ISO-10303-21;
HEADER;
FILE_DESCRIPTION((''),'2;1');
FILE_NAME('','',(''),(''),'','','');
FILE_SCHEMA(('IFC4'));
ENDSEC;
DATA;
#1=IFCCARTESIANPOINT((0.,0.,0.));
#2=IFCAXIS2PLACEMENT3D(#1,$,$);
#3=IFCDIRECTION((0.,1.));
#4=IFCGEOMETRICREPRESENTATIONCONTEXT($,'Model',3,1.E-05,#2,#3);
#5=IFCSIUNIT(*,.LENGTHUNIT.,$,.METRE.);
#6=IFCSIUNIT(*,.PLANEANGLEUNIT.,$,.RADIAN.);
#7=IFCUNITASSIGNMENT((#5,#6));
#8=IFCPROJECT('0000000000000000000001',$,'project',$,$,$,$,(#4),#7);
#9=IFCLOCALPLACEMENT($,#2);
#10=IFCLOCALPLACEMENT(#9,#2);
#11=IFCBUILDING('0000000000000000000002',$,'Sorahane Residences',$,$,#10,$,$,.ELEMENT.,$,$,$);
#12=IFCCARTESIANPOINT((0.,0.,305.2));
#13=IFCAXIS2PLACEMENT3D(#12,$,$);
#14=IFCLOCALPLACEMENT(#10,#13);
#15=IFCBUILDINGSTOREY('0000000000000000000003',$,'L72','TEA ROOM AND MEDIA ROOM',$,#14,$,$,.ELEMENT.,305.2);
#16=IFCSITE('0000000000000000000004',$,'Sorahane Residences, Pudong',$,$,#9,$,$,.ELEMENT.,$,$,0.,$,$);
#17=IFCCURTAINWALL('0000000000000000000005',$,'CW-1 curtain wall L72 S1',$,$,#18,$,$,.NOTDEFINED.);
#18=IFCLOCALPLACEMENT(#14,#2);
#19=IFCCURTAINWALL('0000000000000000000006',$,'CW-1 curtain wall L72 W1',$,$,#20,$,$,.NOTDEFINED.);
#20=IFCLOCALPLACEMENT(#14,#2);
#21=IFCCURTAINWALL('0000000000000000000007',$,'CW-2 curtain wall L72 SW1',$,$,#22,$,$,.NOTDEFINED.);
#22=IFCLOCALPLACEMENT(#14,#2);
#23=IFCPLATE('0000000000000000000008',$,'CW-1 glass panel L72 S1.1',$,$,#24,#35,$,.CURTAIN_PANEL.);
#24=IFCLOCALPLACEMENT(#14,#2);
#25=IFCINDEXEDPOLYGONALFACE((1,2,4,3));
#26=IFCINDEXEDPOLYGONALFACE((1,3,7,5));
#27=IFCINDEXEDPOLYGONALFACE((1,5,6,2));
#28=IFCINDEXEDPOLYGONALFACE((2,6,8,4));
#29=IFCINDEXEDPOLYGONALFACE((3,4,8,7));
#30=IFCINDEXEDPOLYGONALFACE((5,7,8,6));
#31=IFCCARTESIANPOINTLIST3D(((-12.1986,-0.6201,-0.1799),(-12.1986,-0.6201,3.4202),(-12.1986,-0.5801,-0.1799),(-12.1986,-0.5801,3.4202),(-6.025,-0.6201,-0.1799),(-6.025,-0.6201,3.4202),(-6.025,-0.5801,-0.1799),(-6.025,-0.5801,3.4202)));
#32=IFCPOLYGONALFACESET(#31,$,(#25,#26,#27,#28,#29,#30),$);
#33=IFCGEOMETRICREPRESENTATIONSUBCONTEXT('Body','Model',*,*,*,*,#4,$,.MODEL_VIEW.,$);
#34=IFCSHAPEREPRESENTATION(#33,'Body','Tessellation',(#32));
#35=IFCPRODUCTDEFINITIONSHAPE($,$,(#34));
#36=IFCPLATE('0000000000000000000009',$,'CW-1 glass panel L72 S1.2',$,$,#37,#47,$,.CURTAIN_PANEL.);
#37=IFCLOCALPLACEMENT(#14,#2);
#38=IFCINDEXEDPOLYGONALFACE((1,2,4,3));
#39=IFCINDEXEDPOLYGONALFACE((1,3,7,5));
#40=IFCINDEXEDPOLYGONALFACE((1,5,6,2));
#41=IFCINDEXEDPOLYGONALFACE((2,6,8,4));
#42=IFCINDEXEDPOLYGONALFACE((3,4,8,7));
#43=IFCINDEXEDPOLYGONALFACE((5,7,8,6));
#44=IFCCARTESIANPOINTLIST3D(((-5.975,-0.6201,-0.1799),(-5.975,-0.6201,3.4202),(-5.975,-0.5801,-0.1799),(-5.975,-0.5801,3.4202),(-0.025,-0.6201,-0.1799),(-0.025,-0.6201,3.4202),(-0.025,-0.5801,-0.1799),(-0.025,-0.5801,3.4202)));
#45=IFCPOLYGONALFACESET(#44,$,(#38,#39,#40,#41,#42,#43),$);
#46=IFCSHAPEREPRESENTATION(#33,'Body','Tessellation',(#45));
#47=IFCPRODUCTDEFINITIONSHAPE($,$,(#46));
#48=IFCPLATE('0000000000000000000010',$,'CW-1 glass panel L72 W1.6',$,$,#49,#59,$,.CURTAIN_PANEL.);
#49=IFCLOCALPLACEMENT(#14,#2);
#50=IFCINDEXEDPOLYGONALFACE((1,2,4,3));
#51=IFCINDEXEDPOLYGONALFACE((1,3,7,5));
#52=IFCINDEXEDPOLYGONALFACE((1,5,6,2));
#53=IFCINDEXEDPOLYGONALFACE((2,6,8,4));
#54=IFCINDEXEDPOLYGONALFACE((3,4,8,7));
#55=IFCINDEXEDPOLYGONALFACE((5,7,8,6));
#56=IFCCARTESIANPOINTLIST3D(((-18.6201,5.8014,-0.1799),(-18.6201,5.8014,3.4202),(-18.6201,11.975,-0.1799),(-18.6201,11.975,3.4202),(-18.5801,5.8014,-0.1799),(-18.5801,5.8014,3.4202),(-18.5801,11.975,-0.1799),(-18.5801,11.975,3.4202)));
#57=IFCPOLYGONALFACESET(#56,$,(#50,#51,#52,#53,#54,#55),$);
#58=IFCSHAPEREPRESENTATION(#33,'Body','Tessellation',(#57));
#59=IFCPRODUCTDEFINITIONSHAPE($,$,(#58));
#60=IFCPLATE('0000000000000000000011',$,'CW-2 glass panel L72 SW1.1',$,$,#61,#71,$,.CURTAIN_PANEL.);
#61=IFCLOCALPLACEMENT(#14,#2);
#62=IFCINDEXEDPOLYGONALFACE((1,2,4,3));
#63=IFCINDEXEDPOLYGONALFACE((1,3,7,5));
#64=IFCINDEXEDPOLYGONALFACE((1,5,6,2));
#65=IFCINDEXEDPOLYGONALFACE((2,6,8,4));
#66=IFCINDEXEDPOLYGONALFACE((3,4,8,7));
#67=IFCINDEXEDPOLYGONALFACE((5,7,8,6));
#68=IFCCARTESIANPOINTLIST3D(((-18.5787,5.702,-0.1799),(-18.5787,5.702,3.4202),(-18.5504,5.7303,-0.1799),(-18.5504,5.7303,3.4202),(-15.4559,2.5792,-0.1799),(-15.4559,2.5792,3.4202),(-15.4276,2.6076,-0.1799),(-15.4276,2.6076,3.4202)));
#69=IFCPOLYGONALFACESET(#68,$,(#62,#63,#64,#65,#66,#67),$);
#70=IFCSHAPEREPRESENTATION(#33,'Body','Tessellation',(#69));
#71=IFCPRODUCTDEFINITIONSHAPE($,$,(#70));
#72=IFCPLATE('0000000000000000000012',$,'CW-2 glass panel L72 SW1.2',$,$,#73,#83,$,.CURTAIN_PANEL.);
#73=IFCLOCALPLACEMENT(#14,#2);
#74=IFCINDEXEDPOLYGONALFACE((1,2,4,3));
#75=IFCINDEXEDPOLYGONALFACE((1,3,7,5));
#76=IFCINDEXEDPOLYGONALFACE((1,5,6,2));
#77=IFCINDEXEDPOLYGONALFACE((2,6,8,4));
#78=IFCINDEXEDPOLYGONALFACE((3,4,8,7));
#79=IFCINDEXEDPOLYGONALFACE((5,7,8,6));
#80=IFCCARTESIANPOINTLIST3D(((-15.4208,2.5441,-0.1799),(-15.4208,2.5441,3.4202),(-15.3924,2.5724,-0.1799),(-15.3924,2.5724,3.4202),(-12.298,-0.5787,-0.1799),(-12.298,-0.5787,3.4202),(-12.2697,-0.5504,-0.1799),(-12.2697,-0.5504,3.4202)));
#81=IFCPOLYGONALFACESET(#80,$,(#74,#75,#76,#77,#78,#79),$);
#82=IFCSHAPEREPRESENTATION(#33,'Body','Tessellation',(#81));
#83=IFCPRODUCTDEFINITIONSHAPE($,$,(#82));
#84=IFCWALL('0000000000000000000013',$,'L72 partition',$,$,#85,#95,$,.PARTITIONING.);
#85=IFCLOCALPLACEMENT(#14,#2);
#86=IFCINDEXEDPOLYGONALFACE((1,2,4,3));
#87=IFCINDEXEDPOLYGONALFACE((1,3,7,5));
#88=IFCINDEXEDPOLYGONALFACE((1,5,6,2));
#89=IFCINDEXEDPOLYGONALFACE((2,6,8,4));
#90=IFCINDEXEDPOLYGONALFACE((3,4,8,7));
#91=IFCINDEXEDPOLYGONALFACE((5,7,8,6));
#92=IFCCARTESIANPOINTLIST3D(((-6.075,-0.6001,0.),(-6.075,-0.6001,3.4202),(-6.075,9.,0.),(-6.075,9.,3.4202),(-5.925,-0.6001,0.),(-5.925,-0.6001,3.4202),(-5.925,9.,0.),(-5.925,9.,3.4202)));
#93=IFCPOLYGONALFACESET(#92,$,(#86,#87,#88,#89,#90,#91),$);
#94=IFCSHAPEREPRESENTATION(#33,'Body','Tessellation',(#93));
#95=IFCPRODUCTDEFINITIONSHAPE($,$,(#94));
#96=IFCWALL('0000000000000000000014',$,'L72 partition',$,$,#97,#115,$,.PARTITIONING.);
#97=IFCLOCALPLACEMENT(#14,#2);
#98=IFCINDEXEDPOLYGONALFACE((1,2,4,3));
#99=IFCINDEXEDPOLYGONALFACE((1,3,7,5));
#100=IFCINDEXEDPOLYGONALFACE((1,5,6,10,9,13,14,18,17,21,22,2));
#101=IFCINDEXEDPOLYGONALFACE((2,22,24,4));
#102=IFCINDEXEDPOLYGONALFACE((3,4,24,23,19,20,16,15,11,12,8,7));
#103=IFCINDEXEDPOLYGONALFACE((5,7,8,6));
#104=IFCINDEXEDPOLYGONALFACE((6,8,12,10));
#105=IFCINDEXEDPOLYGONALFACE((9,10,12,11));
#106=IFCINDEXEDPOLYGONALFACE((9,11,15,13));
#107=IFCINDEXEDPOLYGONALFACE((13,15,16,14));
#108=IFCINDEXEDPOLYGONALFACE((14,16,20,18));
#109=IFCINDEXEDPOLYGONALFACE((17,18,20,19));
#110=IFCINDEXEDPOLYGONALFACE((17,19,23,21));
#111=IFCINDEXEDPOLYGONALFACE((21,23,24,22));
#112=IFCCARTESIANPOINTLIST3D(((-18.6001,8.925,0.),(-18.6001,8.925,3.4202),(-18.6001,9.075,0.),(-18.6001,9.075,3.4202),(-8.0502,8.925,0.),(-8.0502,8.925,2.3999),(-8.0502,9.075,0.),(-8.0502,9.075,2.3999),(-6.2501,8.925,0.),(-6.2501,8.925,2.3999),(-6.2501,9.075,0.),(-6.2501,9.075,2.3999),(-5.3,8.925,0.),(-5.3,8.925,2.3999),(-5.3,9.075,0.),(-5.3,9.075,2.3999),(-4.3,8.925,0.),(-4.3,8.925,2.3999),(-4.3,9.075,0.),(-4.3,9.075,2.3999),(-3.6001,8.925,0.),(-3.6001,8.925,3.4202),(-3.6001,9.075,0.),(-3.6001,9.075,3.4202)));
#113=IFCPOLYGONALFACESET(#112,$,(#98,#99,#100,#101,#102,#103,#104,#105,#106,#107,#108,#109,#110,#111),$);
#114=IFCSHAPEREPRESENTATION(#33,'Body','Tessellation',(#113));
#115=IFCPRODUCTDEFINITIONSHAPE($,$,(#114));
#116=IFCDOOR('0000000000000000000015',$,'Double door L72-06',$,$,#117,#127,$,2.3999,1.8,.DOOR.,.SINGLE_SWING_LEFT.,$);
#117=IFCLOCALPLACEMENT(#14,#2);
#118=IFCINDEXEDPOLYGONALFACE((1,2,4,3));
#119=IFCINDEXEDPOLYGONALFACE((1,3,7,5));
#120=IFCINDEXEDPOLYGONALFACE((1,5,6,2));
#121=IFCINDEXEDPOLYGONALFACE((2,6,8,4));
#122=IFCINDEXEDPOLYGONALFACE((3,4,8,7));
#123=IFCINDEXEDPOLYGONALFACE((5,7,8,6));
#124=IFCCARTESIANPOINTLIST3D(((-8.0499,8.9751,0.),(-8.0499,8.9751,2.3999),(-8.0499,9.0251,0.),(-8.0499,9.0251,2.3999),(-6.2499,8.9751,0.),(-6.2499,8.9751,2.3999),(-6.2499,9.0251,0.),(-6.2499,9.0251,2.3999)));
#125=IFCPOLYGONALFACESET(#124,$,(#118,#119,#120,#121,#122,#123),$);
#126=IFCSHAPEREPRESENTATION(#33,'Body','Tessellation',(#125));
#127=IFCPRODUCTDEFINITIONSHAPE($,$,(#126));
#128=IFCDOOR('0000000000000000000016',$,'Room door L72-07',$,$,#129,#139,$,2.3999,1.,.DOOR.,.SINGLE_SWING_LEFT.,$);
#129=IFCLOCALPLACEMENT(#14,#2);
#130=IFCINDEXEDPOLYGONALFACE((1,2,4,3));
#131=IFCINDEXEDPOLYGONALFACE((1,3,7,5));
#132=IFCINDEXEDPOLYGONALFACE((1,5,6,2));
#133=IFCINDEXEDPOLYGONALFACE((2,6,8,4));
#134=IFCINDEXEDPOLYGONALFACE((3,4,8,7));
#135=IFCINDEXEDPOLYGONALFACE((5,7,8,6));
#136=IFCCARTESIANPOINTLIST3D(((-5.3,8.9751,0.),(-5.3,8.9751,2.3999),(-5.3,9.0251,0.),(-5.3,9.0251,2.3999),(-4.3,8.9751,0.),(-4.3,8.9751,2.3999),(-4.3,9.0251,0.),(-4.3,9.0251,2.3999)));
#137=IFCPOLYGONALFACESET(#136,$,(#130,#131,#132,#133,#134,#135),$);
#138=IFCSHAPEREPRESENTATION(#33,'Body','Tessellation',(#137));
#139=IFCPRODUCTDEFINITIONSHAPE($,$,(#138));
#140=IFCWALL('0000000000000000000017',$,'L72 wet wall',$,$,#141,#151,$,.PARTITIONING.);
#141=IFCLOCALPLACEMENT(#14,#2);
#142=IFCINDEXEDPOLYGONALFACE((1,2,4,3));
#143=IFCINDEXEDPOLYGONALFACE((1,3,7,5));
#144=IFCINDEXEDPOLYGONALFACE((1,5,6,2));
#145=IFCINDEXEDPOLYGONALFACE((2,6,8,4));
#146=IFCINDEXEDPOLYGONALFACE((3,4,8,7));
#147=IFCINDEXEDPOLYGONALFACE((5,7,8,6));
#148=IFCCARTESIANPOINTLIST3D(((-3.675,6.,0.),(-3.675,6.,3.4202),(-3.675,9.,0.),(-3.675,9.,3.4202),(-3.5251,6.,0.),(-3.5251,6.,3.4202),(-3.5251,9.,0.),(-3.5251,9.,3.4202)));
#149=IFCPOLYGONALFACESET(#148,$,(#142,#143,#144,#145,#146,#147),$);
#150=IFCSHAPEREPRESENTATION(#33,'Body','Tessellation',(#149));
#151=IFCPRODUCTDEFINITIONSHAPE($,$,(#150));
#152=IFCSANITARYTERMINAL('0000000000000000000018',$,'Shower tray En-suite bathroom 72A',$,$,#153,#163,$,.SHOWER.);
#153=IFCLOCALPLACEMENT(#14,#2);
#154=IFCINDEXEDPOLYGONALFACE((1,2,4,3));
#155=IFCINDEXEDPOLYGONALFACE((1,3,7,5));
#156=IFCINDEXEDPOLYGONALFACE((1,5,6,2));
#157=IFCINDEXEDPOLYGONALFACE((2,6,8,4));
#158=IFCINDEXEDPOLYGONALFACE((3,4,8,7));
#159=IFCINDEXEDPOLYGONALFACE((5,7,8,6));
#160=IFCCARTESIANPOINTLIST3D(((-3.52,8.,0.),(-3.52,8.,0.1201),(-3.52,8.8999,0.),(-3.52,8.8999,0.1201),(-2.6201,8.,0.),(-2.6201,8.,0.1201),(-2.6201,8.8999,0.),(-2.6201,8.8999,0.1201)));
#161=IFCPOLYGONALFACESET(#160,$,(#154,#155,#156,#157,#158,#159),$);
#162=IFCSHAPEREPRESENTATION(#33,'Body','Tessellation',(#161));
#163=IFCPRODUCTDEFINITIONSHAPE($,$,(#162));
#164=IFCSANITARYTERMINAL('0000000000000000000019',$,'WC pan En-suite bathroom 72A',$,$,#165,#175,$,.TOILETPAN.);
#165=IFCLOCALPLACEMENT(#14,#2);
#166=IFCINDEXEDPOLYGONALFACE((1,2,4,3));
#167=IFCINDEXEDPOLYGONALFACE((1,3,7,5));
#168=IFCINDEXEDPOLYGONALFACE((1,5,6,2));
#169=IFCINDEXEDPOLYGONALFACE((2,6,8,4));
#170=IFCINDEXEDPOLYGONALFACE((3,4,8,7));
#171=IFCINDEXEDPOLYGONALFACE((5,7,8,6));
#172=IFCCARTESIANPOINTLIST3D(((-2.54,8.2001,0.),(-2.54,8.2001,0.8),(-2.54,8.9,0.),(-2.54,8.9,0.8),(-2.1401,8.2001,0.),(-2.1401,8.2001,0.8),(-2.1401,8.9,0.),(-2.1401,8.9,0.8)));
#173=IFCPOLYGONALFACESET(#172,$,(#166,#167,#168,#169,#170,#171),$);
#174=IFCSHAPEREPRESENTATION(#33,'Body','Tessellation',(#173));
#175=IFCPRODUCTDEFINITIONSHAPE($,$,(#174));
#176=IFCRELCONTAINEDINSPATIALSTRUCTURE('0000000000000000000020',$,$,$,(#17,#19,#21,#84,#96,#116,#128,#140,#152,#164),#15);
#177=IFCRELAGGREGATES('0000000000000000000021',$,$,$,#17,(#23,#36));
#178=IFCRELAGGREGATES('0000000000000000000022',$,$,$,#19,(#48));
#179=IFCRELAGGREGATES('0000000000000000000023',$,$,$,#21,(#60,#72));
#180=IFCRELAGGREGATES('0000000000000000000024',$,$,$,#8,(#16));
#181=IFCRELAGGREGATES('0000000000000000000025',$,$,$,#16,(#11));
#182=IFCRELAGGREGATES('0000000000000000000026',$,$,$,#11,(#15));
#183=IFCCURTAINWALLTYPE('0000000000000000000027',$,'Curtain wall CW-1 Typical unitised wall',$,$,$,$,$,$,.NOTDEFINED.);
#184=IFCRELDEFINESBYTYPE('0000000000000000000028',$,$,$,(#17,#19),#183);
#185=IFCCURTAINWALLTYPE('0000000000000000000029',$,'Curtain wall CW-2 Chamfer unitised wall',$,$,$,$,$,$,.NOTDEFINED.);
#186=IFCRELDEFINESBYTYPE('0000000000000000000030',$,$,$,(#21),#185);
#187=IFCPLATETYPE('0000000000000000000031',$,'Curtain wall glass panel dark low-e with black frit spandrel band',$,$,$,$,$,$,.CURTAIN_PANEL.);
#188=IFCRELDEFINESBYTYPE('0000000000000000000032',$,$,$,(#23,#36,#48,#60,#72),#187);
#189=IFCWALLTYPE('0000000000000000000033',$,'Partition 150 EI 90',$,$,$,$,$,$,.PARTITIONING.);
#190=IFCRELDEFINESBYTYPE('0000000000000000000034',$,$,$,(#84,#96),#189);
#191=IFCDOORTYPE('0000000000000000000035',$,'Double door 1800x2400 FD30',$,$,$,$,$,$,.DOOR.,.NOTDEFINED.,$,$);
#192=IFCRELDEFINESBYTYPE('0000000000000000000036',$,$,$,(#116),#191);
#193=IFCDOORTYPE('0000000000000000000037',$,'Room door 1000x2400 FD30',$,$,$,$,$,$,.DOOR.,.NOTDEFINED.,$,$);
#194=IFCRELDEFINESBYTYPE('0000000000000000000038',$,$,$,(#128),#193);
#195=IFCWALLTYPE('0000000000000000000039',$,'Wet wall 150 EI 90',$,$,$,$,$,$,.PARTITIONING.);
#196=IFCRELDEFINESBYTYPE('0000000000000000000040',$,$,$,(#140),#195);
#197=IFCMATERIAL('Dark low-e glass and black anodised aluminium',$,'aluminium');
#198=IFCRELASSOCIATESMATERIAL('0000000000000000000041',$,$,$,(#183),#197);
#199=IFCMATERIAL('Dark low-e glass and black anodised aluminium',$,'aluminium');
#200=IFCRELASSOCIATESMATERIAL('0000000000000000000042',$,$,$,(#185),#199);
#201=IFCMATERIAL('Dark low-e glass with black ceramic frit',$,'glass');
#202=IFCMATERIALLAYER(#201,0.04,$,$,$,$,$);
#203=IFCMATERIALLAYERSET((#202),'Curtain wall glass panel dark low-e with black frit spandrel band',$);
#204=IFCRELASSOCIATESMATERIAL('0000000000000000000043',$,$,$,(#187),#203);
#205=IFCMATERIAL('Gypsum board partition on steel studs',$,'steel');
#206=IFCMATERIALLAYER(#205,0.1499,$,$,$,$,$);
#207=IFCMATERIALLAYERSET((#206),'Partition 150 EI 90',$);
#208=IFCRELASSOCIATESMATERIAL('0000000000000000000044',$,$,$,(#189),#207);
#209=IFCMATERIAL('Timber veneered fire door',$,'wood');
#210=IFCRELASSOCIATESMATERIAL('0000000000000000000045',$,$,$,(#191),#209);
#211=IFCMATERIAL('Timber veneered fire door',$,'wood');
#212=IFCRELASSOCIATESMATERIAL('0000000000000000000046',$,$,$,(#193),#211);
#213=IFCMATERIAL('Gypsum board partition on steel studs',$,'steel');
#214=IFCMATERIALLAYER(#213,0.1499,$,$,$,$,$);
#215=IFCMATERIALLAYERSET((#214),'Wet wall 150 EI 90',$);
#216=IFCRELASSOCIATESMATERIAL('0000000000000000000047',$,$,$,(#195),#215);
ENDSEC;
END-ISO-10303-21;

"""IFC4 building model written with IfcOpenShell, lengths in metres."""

from ifc_helpers import new_model, si_unit, direction, frame, frame_2d, origin, origin_2d, place, context, subcontext, project, spatial, rectangle, extrude, material, layer, layer_set, type_object, element, fill, aggregate, save


model = new_model("IFC4")

# Units and contexts
model_context = context("Model", 3, precision=1e-05, world=origin(), true_north=direction((0.0, 1.0)))
body_context = subcontext(model_context, "Body", "Model", "MODEL_VIEW")
ifc_project = project(units=[si_unit("LENGTHUNIT", "METRE"), si_unit("PLANEANGLEUNIT", "RADIAN")], contexts=[model_context])

# Site, building, storey
site_placement = place(None, origin())
site = spatial("IfcSite", under=ifc_project, at=site_placement, Name="Sorahane Residences, Pudong", CompositionType="ELEMENT", RefElevation=0.0)
building_placement = place(site_placement, origin())
building = spatial("IfcBuilding", under=site, at=building_placement, Name="Sorahane Residences", CompositionType="ELEMENT")
storey_placement = place(building_placement, frame((0.0, 0.0, 305.2)))
storey = spatial("IfcBuildingStorey", under=building, at=storey_placement, Name="L72", Description="TEA ROOM AND MEDIA ROOM", CompositionType="ELEMENT", Elevation=305.2)

# Curtain walls
ifc_material_1 = material(Name="Dark low-e glass and black anodised aluminium", Category="aluminium")
curtain_wall_type_1 = type_object("IfcCurtainWallType", Name="Curtain wall CW-1 Typical unitised wall", PredefinedType="NOTDEFINED", material=ifc_material_1)
curtain_wall_1_placement = place(storey_placement, origin())
curtain_wall_1 = element("IfcCurtainWall", 1, at=curtain_wall_1_placement, inside=storey, type_object=curtain_wall_type_1, Name="CW-1 curtain wall L72 S1", PredefinedType="NOTDEFINED")
curtain_wall_2_placement = place(storey_placement, origin())
curtain_wall_2 = element("IfcCurtainWall", 2, at=curtain_wall_2_placement, inside=storey, type_object=curtain_wall_type_1, Name="CW-1 curtain wall L72 W1", PredefinedType="NOTDEFINED")

# Curtain wall
ifc_material_2 = material(Name="Dark low-e glass and black anodised aluminium", Category="aluminium")
curtain_wall_type_2 = type_object("IfcCurtainWallType", Name="Curtain wall CW-2 Chamfer unitised wall", PredefinedType="NOTDEFINED", material=ifc_material_2)
curtain_wall_3_placement = place(storey_placement, origin())
curtain_wall_3 = element("IfcCurtainWall", 3, at=curtain_wall_3_placement, inside=storey, type_object=curtain_wall_type_2, Name="CW-2 curtain wall L72 SW1", PredefinedType="NOTDEFINED")

# Plates
ifc_material_3 = material(Name="Dark low-e glass with black ceramic frit", Category="glass")
ifc_layer_1 = layer(ifc_material_3, 0.04)
ifc_layer_set_1 = layer_set([ifc_layer_1], Name="Curtain wall glass panel dark low-e with black frit spandrel band")
plate_type = type_object("IfcPlateType", Name="Curtain wall glass panel dark low-e with black frit spandrel band", PredefinedType="CURTAIN_PANEL", material=ifc_layer_set_1)
plate_1_placement = place(storey_placement, frame((-9.1118, -0.6001, -0.1799), z_axis=(0.0, 0.0, 1.0), x_axis=(1.0, 0.0, 0.0)))
plate_1 = element("IfcPlate", 4, at=plate_1_placement, type_object=plate_type, Name="CW-1 glass panel L72 S1.1", PredefinedType="CURTAIN_PANEL", context=body_context, shape_type="SweptSolid", body=[
    extrude(rectangle(XDim=6.1736, YDim=0.04, at=origin_2d()), origin(), (0.0, 0.0, 1.0), 3.6001),
])
plate_2_placement = place(storey_placement, frame((-3.0, -0.6001, -0.1799), z_axis=(0.0, 0.0, 1.0), x_axis=(1.0, 0.0, 0.0)))
plate_2 = element("IfcPlate", 5, at=plate_2_placement, type_object=plate_type, Name="CW-1 glass panel L72 S1.2", PredefinedType="CURTAIN_PANEL", context=body_context, shape_type="SweptSolid", body=[
    extrude(rectangle(XDim=5.95, YDim=0.04, at=origin_2d()), origin(), (0.0, 0.0, 1.0), 3.6001),
])
aggregate(curtain_wall_1, [plate_1, plate_2])
plate_3_placement = place(storey_placement, frame((-18.6001, 8.8882, -0.1799), z_axis=(0.0, 0.0, 1.0), x_axis=(0.0, -1.0, 0.0)))
plate_3 = element("IfcPlate", 6, at=plate_3_placement, type_object=plate_type, Name="CW-1 glass panel L72 W1.6", PredefinedType="CURTAIN_PANEL", context=body_context, shape_type="SweptSolid", body=[
    extrude(rectangle(XDim=6.1736, YDim=0.04, at=origin_2d()), origin(), (0.0, 0.0, 1.0), 3.6001),
])
aggregate(curtain_wall_2, [plate_3])
plate_4_placement = place(storey_placement, frame((-17.0032, 4.1548, -0.1799), z_axis=(0.0, 0.0, 1.0), x_axis=(0.707107, -0.707107, 0.0)))
plate_4 = element("IfcPlate", 7, at=plate_4_placement, type_object=plate_type, Name="CW-2 glass panel L72 SW1.1", PredefinedType="CURTAIN_PANEL", context=body_context, shape_type="SweptSolid", body=[
    extrude(rectangle(XDim=4.4163, YDim=0.04, at=origin_2d()), origin(), (0.0, 0.0, 1.0), 3.6001),
])
plate_5_placement = place(storey_placement, frame((-13.8452, 0.9968, -0.1799), z_axis=(0.0, 0.0, 1.0), x_axis=(0.707107, -0.707107, 0.0)))
plate_5 = element("IfcPlate", 8, at=plate_5_placement, type_object=plate_type, Name="CW-2 glass panel L72 SW1.2", PredefinedType="CURTAIN_PANEL", context=body_context, shape_type="SweptSolid", body=[
    extrude(rectangle(XDim=4.4163, YDim=0.04, at=origin_2d()), origin(), (0.0, 0.0, 1.0), 3.6001),
])
aggregate(curtain_wall_3, [plate_4, plate_5])

# Wall
ifc_material_4 = material(Name="Gypsum board partition on steel studs", Category="steel")
ifc_layer_2 = layer(ifc_material_4, 0.1499)
ifc_layer_set_2 = layer_set([ifc_layer_2], Name="Partition 150 EI 90")
wall_type_1 = type_object("IfcWallType", Name="Partition 150 EI 90", PredefinedType="PARTITIONING", material=ifc_layer_set_2)
wall_1_placement = place(storey_placement, frame((-6.0, -0.6001, 0.0), z_axis=(0.0, 0.0, 1.0), x_axis=(0.0, 1.0, 0.0)))
element("IfcWall", 9, at=wall_1_placement, inside=storey, type_object=wall_type_1, Name="L72 partition", PredefinedType="PARTITIONING", context=body_context, shape_type="SweptSolid", body=[
    extrude(rectangle(XDim=9.6001, YDim=0.1499, at=frame_2d((4.8, 0.0))), origin(), (0.0, 0.0, 1.0), 3.4202),
])

# Wall, openings, doors
ifc_material_5 = material(Name="Timber veneered fire door", Category="wood")
door_type_1 = type_object("IfcDoorType", Name="Double door 1800x2400 FD30", OperationType="NOTDEFINED", PredefinedType="DOOR", material=ifc_material_5)
ifc_material_6 = material(Name="Timber veneered fire door", Category="wood")
door_type_2 = type_object("IfcDoorType", Name="Room door 1000x2400 FD30", OperationType="NOTDEFINED", PredefinedType="DOOR", material=ifc_material_6)
wall_2_placement = place(storey_placement, frame((-18.6001, 9.0, 0.0), z_axis=(0.0, 0.0, 1.0), x_axis=(1.0, 0.0, 0.0)))
wall_2 = element("IfcWall", 10, at=wall_2_placement, inside=storey, type_object=wall_type_1, Name="L72 partition", PredefinedType="PARTITIONING", context=body_context, shape_type="SweptSolid", body=[
    extrude(rectangle(XDim=15.0, YDim=0.1499, at=frame_2d((7.5, 0.0))), origin(), (0.0, 0.0, 1.0), 3.4202),
])
opening_1_placement = place(wall_2_placement, frame((10.55, 0.0, 0.0)))
opening_1 = element("IfcOpeningElement", 11, at=opening_1_placement, cuts=wall_2, PredefinedType="OPENING", context=body_context, shape_type="SweptSolid", body=[
    extrude(rectangle(XDim=1.8, YDim=2.3999, at=frame_2d((0.8999, 1.2))), frame((0.0, 0.085, 0.0), z_axis=(0.0, -1.0, 0.0), x_axis=(1.0, 0.0, 0.0)), (0.0, 0.0, 1.0), 0.1699),
])
opening_2_placement = place(wall_2_placement, frame((13.3, 0.0, 0.0)))
opening_2 = element("IfcOpeningElement", 12, at=opening_2_placement, cuts=wall_2, PredefinedType="OPENING", context=body_context, shape_type="SweptSolid", body=[
    extrude(rectangle(XDim=1.0, YDim=2.3999, at=frame_2d((0.5, 1.2))), frame((0.0, 0.085, 0.0), z_axis=(0.0, -1.0, 0.0), x_axis=(1.0, 0.0, 0.0)), (0.0, 0.0, 1.0), 0.1699),
])
door_1_placement = place(opening_1_placement, frame((1.8, 0.0, 0.0), z_axis=(0.0, 0.0, 1.0), x_axis=(-1.0, 0.0, 0.0)))
door_1 = element("IfcDoor", 13, at=door_1_placement, inside=storey, type_object=door_type_1, Name="Double door L72-06", OperationType="SINGLE_SWING_LEFT", OverallHeight=2.3999, OverallWidth=1.8, PredefinedType="DOOR", context=body_context, shape_type="SweptSolid", body=[
    extrude(rectangle(XDim=1.8, YDim=2.3999, at=frame_2d((0.8999, 1.2))), frame((0.0, 0.0249, 0.0), z_axis=(0.0, -1.0, 0.0), x_axis=(1.0, 0.0, 0.0)), (0.0, 0.0, 1.0), 0.05),
])
fill(opening_1, door_1)
door_2_placement = place(opening_2_placement, frame((1.0, 0.0, 0.0), z_axis=(0.0, 0.0, 1.0), x_axis=(-1.0, 0.0, 0.0)))
door_2 = element("IfcDoor", 14, at=door_2_placement, inside=storey, type_object=door_type_2, Name="Room door L72-07", OperationType="SINGLE_SWING_LEFT", OverallHeight=2.3999, OverallWidth=1.0, PredefinedType="DOOR", context=body_context, shape_type="SweptSolid", body=[
    extrude(rectangle(XDim=1.0, YDim=2.3999, at=frame_2d((0.5, 1.2))), frame((0.0, 0.0249, 0.0), z_axis=(0.0, -1.0, 0.0), x_axis=(1.0, 0.0, 0.0)), (0.0, 0.0, 1.0), 0.05),
])
fill(opening_2, door_2)

# Wall
ifc_material_7 = material(Name="Gypsum board partition on steel studs", Category="steel")
ifc_layer_3 = layer(ifc_material_7, 0.1499)
ifc_layer_set_3 = layer_set([ifc_layer_3], Name="Wet wall 150 EI 90")
wall_type_2 = type_object("IfcWallType", Name="Wet wall 150 EI 90", PredefinedType="PARTITIONING", material=ifc_layer_set_3)
wall_3_placement = place(storey_placement, frame((-3.6001, 6.0, 0.0), z_axis=(0.0, 0.0, 1.0), x_axis=(0.0, 1.0, 0.0)))
element("IfcWall", 15, at=wall_3_placement, inside=storey, type_object=wall_type_2, Name="L72 wet wall", PredefinedType="PARTITIONING", context=body_context, shape_type="SweptSolid", body=[
    extrude(rectangle(XDim=3.0, YDim=0.1499, at=frame_2d((1.5, 0.0))), origin(), (0.0, 0.0, 1.0), 3.4202),
])

# Sanitary terminals
sanitary_terminal_1_placement = place(storey_placement, frame((-3.0701, 8.45, 0.0), z_axis=(0.0, 0.0, 1.0), x_axis=(1.0, 0.0, 0.0)))
element("IfcSanitaryTerminal", 16, at=sanitary_terminal_1_placement, inside=storey, Name="Shower tray En-suite bathroom 72A", PredefinedType="SHOWER", context=body_context, shape_type="SweptSolid", body=[
    extrude(rectangle(XDim=0.8999, YDim=0.8999, at=origin_2d()), origin(), (0.0, 0.0, 1.0), 0.1201),
])
sanitary_terminal_2_placement = place(storey_placement, frame((-2.3401, 8.55, 0.0), z_axis=(0.0, 0.0, 1.0), x_axis=(1.0, 0.0, 0.0)))
element("IfcSanitaryTerminal", 17, at=sanitary_terminal_2_placement, inside=storey, Name="WC pan En-suite bathroom 72A", PredefinedType="TOILETPAN", context=body_context, shape_type="SweptSolid", body=[
    extrude(rectangle(XDim=0.3999, YDim=0.7, at=origin_2d()), origin(), (0.0, 0.0, 1.0), 0.8),
])

save(model, "model.ifc")
